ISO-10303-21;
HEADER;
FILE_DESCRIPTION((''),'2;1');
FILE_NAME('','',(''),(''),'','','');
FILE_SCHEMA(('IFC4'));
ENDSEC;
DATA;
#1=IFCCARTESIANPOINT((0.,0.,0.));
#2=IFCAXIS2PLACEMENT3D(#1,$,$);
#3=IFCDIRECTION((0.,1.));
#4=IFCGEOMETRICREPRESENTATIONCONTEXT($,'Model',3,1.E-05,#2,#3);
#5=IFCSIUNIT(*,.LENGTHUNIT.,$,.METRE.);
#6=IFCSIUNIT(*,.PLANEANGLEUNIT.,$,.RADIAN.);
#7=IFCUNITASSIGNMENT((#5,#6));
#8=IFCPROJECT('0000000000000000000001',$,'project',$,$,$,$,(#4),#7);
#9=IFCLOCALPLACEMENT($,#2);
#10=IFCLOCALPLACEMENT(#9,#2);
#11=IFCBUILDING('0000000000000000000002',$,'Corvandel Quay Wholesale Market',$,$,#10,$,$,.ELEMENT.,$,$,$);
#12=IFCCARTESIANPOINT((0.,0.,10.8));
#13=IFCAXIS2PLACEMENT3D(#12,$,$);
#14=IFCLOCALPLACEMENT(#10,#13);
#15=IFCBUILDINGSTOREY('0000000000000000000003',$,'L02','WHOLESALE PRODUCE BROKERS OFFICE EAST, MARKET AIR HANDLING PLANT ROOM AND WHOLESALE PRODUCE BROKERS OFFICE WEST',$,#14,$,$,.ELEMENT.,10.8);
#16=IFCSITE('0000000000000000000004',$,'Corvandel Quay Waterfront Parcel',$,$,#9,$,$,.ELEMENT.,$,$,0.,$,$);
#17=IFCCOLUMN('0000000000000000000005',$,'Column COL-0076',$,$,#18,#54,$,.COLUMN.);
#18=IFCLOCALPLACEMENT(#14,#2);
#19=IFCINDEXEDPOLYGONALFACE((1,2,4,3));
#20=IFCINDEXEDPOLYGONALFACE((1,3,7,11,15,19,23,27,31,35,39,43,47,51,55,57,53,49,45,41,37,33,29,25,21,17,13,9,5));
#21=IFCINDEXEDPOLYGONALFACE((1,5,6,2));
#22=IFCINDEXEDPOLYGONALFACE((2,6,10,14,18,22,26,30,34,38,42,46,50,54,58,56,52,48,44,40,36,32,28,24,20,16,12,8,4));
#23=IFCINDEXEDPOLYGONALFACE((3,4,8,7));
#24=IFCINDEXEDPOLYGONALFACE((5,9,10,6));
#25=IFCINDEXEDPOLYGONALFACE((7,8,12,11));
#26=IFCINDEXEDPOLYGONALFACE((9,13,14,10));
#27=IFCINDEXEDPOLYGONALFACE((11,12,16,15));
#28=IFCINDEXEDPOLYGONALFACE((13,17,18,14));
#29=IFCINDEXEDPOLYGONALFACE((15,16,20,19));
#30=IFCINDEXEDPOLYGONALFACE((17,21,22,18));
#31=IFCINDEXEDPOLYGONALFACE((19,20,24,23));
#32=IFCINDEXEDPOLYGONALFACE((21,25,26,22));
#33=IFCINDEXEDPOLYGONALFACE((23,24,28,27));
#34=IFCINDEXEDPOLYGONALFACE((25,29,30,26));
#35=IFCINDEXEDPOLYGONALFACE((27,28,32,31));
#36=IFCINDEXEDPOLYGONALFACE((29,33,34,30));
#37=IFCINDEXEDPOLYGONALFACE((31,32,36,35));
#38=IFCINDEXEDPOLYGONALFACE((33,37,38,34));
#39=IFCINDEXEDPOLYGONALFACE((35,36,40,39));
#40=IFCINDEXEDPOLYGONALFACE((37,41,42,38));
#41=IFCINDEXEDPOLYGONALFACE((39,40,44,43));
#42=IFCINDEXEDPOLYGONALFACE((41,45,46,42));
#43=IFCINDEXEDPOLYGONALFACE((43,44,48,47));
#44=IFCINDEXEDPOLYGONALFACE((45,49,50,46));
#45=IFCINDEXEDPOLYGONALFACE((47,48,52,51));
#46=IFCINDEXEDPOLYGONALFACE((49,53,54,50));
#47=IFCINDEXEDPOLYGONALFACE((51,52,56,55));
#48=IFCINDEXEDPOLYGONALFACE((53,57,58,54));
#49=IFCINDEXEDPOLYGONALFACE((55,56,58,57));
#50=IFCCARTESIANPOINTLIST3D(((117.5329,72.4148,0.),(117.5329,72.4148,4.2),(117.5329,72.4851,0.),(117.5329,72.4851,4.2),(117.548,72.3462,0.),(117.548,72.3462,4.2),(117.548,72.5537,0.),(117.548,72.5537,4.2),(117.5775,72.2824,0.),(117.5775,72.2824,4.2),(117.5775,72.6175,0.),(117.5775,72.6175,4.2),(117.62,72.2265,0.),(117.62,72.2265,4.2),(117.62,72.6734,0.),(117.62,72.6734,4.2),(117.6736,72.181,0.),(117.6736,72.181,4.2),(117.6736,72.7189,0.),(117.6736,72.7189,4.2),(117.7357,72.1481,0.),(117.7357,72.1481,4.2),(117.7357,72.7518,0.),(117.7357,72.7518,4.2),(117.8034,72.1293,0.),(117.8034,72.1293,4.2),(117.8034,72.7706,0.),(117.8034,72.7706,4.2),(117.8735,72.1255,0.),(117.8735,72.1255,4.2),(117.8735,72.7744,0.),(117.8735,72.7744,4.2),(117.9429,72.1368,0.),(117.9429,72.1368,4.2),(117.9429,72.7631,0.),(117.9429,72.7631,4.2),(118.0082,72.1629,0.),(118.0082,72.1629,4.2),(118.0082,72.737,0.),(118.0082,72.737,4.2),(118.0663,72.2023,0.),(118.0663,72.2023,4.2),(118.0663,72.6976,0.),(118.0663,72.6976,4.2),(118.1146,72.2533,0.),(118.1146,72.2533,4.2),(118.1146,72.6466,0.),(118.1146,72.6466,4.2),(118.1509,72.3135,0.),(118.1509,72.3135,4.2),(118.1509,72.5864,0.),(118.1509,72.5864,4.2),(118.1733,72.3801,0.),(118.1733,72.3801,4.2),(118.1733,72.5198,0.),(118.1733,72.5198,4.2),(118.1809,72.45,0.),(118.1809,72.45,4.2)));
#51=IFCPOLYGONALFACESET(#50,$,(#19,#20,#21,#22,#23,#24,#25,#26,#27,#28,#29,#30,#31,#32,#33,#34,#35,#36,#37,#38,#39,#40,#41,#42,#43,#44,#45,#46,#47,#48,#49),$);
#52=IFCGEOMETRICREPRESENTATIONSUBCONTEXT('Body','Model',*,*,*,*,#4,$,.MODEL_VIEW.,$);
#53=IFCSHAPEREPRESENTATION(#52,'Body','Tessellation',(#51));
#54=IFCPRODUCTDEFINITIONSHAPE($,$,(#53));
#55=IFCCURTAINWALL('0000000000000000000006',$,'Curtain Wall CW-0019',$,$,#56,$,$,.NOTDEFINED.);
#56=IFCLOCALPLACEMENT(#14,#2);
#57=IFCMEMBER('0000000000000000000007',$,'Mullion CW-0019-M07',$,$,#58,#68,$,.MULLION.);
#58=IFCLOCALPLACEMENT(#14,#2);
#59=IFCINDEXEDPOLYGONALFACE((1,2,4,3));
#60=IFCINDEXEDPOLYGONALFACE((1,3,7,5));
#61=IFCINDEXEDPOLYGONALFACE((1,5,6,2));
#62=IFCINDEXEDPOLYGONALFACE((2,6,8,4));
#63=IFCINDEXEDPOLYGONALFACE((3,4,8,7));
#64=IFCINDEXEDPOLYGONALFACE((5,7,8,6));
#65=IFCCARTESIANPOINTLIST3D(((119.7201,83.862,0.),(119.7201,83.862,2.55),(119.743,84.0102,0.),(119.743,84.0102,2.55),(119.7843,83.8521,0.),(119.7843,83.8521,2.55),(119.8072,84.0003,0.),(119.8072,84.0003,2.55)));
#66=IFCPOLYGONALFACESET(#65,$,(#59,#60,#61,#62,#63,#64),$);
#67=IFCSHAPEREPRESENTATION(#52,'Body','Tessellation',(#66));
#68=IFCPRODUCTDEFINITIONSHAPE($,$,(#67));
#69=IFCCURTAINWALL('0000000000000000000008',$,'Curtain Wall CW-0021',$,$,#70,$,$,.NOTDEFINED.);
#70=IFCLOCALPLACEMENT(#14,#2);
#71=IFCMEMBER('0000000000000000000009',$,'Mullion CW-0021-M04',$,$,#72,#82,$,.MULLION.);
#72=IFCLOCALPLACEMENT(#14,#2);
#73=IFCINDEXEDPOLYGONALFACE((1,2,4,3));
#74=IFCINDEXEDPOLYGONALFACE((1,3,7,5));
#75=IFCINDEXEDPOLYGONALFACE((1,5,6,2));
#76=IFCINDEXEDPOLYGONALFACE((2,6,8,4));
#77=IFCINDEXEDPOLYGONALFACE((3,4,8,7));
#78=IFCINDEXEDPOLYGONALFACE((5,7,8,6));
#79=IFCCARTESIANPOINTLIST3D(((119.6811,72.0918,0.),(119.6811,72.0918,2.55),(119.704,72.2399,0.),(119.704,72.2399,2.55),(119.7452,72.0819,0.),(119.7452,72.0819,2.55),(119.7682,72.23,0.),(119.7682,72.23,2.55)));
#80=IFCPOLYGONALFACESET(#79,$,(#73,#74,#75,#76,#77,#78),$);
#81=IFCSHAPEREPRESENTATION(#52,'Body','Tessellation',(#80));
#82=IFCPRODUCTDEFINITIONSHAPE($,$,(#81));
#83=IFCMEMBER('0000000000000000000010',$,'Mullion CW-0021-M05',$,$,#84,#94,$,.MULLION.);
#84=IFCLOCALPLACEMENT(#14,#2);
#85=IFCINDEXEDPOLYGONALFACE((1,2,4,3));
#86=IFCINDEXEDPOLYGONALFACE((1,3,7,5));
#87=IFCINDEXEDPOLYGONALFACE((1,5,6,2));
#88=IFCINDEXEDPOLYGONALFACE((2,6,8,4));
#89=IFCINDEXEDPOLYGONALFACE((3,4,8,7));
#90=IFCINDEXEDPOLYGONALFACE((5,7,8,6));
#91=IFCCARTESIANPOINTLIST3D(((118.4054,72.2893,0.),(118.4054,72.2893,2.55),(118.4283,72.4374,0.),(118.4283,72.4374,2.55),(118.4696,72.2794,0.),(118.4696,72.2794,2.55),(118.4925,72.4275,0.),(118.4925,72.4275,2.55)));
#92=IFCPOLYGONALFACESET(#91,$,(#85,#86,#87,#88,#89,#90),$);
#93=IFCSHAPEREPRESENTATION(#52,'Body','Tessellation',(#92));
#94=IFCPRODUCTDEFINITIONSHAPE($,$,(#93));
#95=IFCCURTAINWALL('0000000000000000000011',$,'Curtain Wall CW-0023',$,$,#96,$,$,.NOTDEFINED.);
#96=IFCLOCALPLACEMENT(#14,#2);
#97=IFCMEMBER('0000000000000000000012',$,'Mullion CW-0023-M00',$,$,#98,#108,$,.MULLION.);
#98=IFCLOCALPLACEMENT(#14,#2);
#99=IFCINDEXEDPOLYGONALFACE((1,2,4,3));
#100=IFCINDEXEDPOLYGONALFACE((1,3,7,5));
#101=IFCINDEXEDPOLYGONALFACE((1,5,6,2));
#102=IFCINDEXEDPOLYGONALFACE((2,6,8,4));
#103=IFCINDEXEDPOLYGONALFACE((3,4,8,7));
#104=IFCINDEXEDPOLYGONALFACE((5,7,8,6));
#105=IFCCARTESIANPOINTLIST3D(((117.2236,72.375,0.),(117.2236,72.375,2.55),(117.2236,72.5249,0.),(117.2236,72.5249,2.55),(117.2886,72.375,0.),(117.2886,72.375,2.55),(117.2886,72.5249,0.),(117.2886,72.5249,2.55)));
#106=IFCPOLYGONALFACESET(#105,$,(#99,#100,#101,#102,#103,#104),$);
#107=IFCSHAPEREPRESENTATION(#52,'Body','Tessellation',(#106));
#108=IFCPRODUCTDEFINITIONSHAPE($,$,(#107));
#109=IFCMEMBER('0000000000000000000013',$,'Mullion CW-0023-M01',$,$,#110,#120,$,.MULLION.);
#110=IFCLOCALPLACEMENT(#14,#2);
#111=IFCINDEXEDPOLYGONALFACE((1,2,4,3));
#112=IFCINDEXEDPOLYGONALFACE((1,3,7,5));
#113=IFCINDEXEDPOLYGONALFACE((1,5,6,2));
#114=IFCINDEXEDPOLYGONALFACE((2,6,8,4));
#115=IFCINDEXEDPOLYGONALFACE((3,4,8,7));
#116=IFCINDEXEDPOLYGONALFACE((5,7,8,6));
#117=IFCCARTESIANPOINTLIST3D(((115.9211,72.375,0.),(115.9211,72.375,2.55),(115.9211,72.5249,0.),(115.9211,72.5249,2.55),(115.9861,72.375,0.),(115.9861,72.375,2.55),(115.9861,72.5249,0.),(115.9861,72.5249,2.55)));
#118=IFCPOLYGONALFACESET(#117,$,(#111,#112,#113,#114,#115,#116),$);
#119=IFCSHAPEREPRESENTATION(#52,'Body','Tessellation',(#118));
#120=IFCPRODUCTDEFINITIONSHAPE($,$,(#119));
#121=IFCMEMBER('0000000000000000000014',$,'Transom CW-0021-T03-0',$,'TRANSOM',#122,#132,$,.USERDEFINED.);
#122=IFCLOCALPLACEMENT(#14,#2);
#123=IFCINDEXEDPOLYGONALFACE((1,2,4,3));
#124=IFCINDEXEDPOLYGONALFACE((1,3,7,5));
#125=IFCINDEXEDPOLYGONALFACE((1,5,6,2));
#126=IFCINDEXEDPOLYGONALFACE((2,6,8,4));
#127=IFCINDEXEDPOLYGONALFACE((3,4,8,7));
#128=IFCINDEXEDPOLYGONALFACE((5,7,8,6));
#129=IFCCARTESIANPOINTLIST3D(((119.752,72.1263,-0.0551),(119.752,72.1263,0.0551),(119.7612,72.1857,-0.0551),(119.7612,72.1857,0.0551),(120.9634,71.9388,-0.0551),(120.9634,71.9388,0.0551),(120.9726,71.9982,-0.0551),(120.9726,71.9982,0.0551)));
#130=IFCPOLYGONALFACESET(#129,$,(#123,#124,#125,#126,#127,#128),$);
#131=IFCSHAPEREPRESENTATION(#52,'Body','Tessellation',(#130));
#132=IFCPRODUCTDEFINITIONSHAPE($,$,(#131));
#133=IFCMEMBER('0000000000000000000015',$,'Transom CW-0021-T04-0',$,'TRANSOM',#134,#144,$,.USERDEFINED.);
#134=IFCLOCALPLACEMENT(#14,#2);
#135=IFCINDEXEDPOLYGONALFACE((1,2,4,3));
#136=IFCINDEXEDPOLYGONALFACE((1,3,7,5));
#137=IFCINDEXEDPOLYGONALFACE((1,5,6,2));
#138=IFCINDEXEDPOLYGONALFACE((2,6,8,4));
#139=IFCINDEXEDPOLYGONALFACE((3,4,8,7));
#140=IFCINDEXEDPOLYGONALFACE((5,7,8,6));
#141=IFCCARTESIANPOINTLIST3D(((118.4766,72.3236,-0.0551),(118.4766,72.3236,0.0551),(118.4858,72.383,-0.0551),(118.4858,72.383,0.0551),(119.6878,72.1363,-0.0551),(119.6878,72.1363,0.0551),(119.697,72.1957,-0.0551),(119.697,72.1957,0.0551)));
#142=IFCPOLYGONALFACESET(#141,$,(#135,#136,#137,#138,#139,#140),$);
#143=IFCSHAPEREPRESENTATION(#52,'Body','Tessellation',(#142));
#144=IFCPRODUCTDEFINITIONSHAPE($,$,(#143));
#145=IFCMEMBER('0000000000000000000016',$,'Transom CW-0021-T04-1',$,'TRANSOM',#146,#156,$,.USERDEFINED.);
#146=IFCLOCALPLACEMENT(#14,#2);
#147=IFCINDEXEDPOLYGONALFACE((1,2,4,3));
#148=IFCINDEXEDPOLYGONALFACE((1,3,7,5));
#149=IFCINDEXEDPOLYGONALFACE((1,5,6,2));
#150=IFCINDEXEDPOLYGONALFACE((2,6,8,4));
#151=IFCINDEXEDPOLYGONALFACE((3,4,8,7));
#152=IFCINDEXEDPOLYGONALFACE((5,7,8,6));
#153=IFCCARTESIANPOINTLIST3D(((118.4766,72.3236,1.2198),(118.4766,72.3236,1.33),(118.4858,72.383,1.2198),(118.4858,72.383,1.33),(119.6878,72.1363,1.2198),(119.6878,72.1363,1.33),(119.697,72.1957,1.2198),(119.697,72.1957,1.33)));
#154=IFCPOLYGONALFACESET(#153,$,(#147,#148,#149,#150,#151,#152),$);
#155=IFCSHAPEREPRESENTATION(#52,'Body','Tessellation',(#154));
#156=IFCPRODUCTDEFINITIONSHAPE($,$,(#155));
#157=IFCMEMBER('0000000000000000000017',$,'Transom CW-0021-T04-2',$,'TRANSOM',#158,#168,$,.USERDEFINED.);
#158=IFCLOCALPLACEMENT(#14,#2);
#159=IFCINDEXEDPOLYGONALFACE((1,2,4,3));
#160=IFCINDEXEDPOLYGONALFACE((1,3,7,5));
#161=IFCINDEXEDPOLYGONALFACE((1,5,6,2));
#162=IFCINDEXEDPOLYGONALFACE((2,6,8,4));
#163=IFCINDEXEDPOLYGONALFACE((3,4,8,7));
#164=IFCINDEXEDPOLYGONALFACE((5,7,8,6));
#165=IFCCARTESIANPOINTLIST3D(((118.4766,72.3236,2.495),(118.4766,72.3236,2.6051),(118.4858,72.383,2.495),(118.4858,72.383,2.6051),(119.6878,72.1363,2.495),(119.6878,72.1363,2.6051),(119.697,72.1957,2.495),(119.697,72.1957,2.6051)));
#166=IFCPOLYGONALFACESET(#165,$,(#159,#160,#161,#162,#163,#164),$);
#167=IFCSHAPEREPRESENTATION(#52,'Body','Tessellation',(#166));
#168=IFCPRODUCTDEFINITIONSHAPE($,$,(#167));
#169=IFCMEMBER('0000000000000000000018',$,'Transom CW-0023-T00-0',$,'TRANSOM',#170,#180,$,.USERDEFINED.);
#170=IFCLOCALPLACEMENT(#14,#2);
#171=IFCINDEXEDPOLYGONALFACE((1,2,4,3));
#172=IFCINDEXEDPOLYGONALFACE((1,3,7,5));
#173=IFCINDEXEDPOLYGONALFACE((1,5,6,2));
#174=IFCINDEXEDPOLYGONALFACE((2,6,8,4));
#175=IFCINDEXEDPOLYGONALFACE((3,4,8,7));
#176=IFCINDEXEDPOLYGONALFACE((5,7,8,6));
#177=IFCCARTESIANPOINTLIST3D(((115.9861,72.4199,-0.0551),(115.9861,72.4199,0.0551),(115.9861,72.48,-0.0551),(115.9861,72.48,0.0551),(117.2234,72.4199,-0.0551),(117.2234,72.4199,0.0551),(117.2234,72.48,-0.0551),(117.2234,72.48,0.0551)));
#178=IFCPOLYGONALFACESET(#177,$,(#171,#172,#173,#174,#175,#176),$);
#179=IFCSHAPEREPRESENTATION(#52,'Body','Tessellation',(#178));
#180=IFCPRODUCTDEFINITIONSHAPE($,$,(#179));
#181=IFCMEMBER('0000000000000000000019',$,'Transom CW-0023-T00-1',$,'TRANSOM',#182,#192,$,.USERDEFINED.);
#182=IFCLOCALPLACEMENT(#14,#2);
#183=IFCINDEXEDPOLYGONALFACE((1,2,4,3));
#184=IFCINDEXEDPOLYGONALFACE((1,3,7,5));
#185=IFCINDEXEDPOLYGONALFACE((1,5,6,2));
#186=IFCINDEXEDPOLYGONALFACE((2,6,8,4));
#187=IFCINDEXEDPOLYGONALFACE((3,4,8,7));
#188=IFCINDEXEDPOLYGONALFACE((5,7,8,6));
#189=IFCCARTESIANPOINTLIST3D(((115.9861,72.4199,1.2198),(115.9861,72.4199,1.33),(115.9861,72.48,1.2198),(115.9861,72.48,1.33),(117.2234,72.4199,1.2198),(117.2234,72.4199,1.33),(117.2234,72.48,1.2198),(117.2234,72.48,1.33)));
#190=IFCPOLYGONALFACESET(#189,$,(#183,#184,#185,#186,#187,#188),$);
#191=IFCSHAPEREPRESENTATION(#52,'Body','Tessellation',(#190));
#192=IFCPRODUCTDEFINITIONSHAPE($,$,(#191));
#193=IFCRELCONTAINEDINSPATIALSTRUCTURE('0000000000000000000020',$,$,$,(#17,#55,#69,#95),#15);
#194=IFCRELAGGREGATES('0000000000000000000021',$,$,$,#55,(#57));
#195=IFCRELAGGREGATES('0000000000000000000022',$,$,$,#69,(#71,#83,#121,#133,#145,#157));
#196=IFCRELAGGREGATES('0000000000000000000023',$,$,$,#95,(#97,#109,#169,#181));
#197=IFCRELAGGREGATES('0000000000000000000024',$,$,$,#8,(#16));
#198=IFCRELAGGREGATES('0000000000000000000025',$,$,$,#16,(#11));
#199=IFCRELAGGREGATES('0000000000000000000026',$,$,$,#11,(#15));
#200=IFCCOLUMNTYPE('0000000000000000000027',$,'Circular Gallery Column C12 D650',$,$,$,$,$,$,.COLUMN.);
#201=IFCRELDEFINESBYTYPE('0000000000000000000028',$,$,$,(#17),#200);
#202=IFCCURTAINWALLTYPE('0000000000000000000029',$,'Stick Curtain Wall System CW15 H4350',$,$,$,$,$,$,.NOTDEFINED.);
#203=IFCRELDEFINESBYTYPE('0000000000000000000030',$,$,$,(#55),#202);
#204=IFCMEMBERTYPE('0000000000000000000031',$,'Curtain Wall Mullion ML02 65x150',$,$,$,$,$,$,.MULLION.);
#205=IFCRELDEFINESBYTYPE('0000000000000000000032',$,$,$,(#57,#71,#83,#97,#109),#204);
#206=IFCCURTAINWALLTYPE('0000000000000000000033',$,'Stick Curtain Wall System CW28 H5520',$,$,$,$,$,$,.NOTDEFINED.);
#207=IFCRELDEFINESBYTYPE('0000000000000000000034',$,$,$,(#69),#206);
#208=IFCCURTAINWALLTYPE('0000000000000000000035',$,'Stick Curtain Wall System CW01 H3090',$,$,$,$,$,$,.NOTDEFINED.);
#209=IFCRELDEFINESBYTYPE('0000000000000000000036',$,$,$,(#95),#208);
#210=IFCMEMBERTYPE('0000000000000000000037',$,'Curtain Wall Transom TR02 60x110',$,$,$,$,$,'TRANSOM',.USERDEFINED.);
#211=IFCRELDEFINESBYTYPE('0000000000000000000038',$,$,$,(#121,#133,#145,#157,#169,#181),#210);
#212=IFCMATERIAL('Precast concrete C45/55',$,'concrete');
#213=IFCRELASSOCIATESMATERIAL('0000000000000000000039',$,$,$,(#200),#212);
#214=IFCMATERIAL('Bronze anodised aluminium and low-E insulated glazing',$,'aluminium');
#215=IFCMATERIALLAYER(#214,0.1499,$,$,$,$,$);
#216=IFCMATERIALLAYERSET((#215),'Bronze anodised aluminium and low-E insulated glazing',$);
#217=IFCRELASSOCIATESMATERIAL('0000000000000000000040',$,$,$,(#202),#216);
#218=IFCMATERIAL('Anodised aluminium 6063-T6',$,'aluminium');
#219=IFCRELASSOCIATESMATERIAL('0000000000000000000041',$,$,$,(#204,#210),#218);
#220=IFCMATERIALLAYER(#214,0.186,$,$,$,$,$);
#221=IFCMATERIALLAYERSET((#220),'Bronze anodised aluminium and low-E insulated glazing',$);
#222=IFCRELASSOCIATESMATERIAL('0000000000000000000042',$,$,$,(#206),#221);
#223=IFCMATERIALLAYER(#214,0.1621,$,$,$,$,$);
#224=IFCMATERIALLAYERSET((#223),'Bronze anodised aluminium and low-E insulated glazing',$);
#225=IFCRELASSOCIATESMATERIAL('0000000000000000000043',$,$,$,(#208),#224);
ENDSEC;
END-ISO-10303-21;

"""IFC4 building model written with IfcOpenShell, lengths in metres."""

from ifc_helpers import new_model, si_unit, direction, frame, origin, origin_2d, place, context, subcontext, project, spatial, rectangle, circle, extrude, material, layer, layer_set, material_profile, profile_set, type_object, element, aggregate, save


model = new_model("IFC4")

# Units and contexts
model_context = context("Model", 3, precision=1e-05, world=origin(), true_north=direction((0.0, 1.0)))
body_context = subcontext(model_context, "Body", "Model", "MODEL_VIEW")
ifc_project = project(units=[si_unit("LENGTHUNIT", "METRE"), si_unit("PLANEANGLEUNIT", "RADIAN")], contexts=[model_context])

# Site, building, storey
site_placement = place(None, origin())
site = spatial("IfcSite", under=ifc_project, at=site_placement, Name="Corvandel Quay Waterfront Parcel", CompositionType="ELEMENT", RefElevation=0.0)
building_placement = place(site_placement, origin())
building = spatial("IfcBuilding", under=site, at=building_placement, Name="Corvandel Quay Wholesale Market", CompositionType="ELEMENT")
storey_placement = place(building_placement, frame((0.0, 0.0, 10.8)))
storey = spatial("IfcBuildingStorey", under=building, at=storey_placement, Name="L02", Description="WHOLESALE PRODUCE BROKERS OFFICE EAST, MARKET AIR HANDLING PLANT ROOM AND WHOLESALE PRODUCE BROKERS OFFICE WEST", CompositionType="ELEMENT", Elevation=10.8)

# Column
ifc_material_1 = material(Name="Precast concrete C45/55", Category="concrete")
ifc_material_profile_1 = material_profile(ifc_material_1, circle(Radius=0.325, at=origin_2d()), Name="PC-COL-D650")
ifc_profile_set_1 = profile_set([ifc_material_profile_1], Name="Precast concrete C45/55")
column_type = type_object("IfcColumnType", Name="Circular Gallery Column C12 D650", PredefinedType="COLUMN", material=ifc_profile_set_1)
column_placement = place(storey_placement, frame((117.856, 72.45, 0.0), z_axis=(0.0, 0.0, 1.0), x_axis=(1.0, 0.0, 0.0)))
element("IfcColumn", 1, at=column_placement, inside=storey, type_object=column_type, Name="Column COL-0076", PredefinedType="COLUMN", context=body_context, shape_type="SweptSolid", body=[
    extrude(circle(Radius=0.325, at=origin_2d()), origin(), (0.0, 0.0, 1.0), 4.2),
])

# Curtain wall, member
ifc_material_2 = material(Name="Bronze anodised aluminium and low-E insulated glazing", Category="aluminium")
ifc_layer_1 = layer(ifc_material_2, 0.1499)
ifc_layer_set_1 = layer_set([ifc_layer_1], Name="Bronze anodised aluminium and low-E insulated glazing")
curtain_wall_type_1 = type_object("IfcCurtainWallType", Name="Stick Curtain Wall System CW15 H4350", PredefinedType="NOTDEFINED", material=ifc_layer_set_1)
curtain_wall_1_placement = place(storey_placement, origin())
curtain_wall_1 = element("IfcCurtainWall", 2, at=curtain_wall_1_placement, inside=storey, type_object=curtain_wall_type_1, Name="Curtain Wall CW-0019", PredefinedType="NOTDEFINED")
ifc_material_3 = material(Name="Anodised aluminium 6063-T6", Category="aluminium")
ifc_material_profile_2 = material_profile(ifc_material_3, rectangle(XDim=0.0649, YDim=0.1499, at=origin_2d()), Name="ALU-MUL-65x150")
ifc_profile_set_2 = profile_set([ifc_material_profile_2], Name="Anodised aluminium 6063-T6")
member_type_1 = type_object("IfcMemberType", Name="Curtain Wall Mullion ML02 65x150", PredefinedType="MULLION", material=ifc_profile_set_2)
member_1_placement = place(storey_placement, frame((119.7637, 83.9312, 0.0), z_axis=(0.0, 0.0, 1.0), x_axis=(-0.988255, 0.152813, 0.0)))
member_1 = element("IfcMember", 3, at=member_1_placement, type_object=member_type_1, Name="Mullion CW-0019-M07", PredefinedType="MULLION", context=body_context, shape_type="SweptSolid", body=[
    extrude(rectangle(XDim=0.0649, YDim=0.1499, at=origin_2d()), origin(), (0.0, 0.0, 1.0), 2.55),
])

# Curtain walls, members
ifc_layer_2 = layer(ifc_material_2, 0.186)
ifc_layer_set_2 = layer_set([ifc_layer_2], Name="Bronze anodised aluminium and low-E insulated glazing")
curtain_wall_type_2 = type_object("IfcCurtainWallType", Name="Stick Curtain Wall System CW28 H5520", PredefinedType="NOTDEFINED", material=ifc_layer_set_2)
curtain_wall_2_placement = place(storey_placement, origin())
curtain_wall_2 = element("IfcCurtainWall", 4, at=curtain_wall_2_placement, inside=storey, type_object=curtain_wall_type_2, Name="Curtain Wall CW-0021", PredefinedType="NOTDEFINED")
member_2_placement = place(storey_placement, frame((119.7246, 72.1609, 0.0), z_axis=(0.0, 0.0, 1.0), x_axis=(-0.988255, 0.152813, 0.0)))
member_2 = element("IfcMember", 5, at=member_2_placement, type_object=member_type_1, Name="Mullion CW-0021-M04", PredefinedType="MULLION", context=body_context, shape_type="SweptSolid", body=[
    extrude(rectangle(XDim=0.0649, YDim=0.1499, at=origin_2d()), origin(), (0.0, 0.0, 1.0), 2.55),
])
member_3_placement = place(storey_placement, frame((118.449, 72.3584, 0.0), z_axis=(0.0, 0.0, 1.0), x_axis=(-0.988255, 0.152813, 0.0)))
member_3 = element("IfcMember", 6, at=member_3_placement, type_object=member_type_1, Name="Mullion CW-0021-M05", PredefinedType="MULLION", context=body_context, shape_type="SweptSolid", body=[
    extrude(rectangle(XDim=0.0649, YDim=0.1499, at=origin_2d()), origin(), (0.0, 0.0, 1.0), 2.55),
])
ifc_layer_3 = layer(ifc_material_2, 0.1621)
ifc_layer_set_3 = layer_set([ifc_layer_3], Name="Bronze anodised aluminium and low-E insulated glazing")
curtain_wall_type_3 = type_object("IfcCurtainWallType", Name="Stick Curtain Wall System CW01 H3090", PredefinedType="NOTDEFINED", material=ifc_layer_set_3)
curtain_wall_3_placement = place(storey_placement, origin())
curtain_wall_3 = element("IfcCurtainWall", 7, at=curtain_wall_3_placement, inside=storey, type_object=curtain_wall_type_3, Name="Curtain Wall CW-0023", PredefinedType="NOTDEFINED")
member_4_placement = place(storey_placement, frame((117.2561, 72.45, 0.0), z_axis=(0.0, 0.0, 1.0), x_axis=(1.0, 0.0, 0.0)))
member_4 = element("IfcMember", 8, at=member_4_placement, type_object=member_type_1, Name="Mullion CW-0023-M00", PredefinedType="MULLION", context=body_context, shape_type="SweptSolid", body=[
    extrude(rectangle(XDim=0.0649, YDim=0.1499, at=origin_2d()), origin(), (0.0, 0.0, 1.0), 2.55),
])
member_5_placement = place(storey_placement, frame((115.9536, 72.45, 0.0), z_axis=(0.0, 0.0, 1.0), x_axis=(1.0, 0.0, 0.0)))
member_5 = element("IfcMember", 9, at=member_5_placement, type_object=member_type_1, Name="Mullion CW-0023-M01", PredefinedType="MULLION", context=body_context, shape_type="SweptSolid", body=[
    extrude(rectangle(XDim=0.0649, YDim=0.1499, at=origin_2d()), origin(), (0.0, 0.0, 1.0), 2.55),
])

# Members
ifc_material_profile_3 = material_profile(ifc_material_3, rectangle(XDim=0.0601, YDim=0.1101, at=origin_2d()), Name="ALU-TRN-60x110")
ifc_profile_set_3 = profile_set([ifc_material_profile_3], Name="Anodised aluminium 6063-T6")
member_type_2 = type_object("IfcMemberType", Name="Curtain Wall Transom TR02 60x110", ElementType="TRANSOM", PredefinedType="USERDEFINED", material=ifc_profile_set_3)
member_6_placement = place(storey_placement, frame((120.968, 71.9685, 0.0), z_axis=(-0.988233, 0.152955, 0.0), x_axis=(-0.152955, -0.988233, 0.0)))
member_6 = element("IfcMember", 10, at=member_6_placement, type_object=member_type_2, Name="Transom CW-0021-T03-0", ObjectType="TRANSOM", PredefinedType="USERDEFINED", context=body_context, shape_type="SweptSolid", body=[
    extrude(rectangle(XDim=0.0601, YDim=0.1101, at=origin_2d()), origin(), (0.0, 0.0, 1.0), 1.2258),
])
member_7_placement = place(storey_placement, frame((119.6924, 72.166, 0.0), z_axis=(-0.988259, 0.152791, 0.0), x_axis=(-0.152791, -0.988259, 0.0)))
member_7 = element("IfcMember", 11, at=member_7_placement, type_object=member_type_2, Name="Transom CW-0021-T04-0", ObjectType="TRANSOM", PredefinedType="USERDEFINED", context=body_context, shape_type="SweptSolid", body=[
    extrude(rectangle(XDim=0.0601, YDim=0.1101, at=origin_2d()), origin(), (0.0, 0.0, 1.0), 1.2256),
])
member_8_placement = place(storey_placement, frame((119.6924, 72.166, 1.2749), z_axis=(-0.988259, 0.152791, 0.0), x_axis=(-0.152791, -0.988259, 0.0)))
member_8 = element("IfcMember", 12, at=member_8_placement, type_object=member_type_2, Name="Transom CW-0021-T04-1", ObjectType="TRANSOM", PredefinedType="USERDEFINED", context=body_context, shape_type="SweptSolid", body=[
    extrude(rectangle(XDim=0.0601, YDim=0.1101, at=origin_2d()), origin(), (0.0, 0.0, 1.0), 1.2256),
])
member_9_placement = place(storey_placement, frame((119.6924, 72.166, 2.55), z_axis=(-0.988259, 0.152791, 0.0), x_axis=(-0.152791, -0.988259, 0.0)))
member_9 = element("IfcMember", 13, at=member_9_placement, type_object=member_type_2, Name="Transom CW-0021-T04-2", ObjectType="TRANSOM", PredefinedType="USERDEFINED", context=body_context, shape_type="SweptSolid", body=[
    extrude(rectangle(XDim=0.0601, YDim=0.1101, at=origin_2d()), origin(), (0.0, 0.0, 1.0), 1.2256),
])
member_10_placement = place(storey_placement, frame((117.2234, 72.45, 0.0), z_axis=(-1.0, 0.0, 0.0), x_axis=(0.0, -1.0, 0.0)))
member_10 = element("IfcMember", 14, at=member_10_placement, type_object=member_type_2, Name="Transom CW-0023-T00-0", ObjectType="TRANSOM", PredefinedType="USERDEFINED", context=body_context, shape_type="SweptSolid", body=[
    extrude(rectangle(XDim=0.0601, YDim=0.1101, at=origin_2d()), origin(), (0.0, 0.0, 1.0), 1.2373),
])
member_11_placement = place(storey_placement, frame((117.2234, 72.45, 1.2749), z_axis=(-1.0, 0.0, 0.0), x_axis=(0.0, -1.0, 0.0)))
member_11 = element("IfcMember", 15, at=member_11_placement, type_object=member_type_2, Name="Transom CW-0023-T00-1", ObjectType="TRANSOM", PredefinedType="USERDEFINED", context=body_context, shape_type="SweptSolid", body=[
    extrude(rectangle(XDim=0.0601, YDim=0.1101, at=origin_2d()), origin(), (0.0, 0.0, 1.0), 1.2373),
])

aggregate(curtain_wall_1, [member_1])
aggregate(curtain_wall_2, [member_2, member_3, member_6, member_7, member_8, member_9])
aggregate(curtain_wall_3, [member_4, member_5, member_10, member_11])

save(model, "model.ifc")
